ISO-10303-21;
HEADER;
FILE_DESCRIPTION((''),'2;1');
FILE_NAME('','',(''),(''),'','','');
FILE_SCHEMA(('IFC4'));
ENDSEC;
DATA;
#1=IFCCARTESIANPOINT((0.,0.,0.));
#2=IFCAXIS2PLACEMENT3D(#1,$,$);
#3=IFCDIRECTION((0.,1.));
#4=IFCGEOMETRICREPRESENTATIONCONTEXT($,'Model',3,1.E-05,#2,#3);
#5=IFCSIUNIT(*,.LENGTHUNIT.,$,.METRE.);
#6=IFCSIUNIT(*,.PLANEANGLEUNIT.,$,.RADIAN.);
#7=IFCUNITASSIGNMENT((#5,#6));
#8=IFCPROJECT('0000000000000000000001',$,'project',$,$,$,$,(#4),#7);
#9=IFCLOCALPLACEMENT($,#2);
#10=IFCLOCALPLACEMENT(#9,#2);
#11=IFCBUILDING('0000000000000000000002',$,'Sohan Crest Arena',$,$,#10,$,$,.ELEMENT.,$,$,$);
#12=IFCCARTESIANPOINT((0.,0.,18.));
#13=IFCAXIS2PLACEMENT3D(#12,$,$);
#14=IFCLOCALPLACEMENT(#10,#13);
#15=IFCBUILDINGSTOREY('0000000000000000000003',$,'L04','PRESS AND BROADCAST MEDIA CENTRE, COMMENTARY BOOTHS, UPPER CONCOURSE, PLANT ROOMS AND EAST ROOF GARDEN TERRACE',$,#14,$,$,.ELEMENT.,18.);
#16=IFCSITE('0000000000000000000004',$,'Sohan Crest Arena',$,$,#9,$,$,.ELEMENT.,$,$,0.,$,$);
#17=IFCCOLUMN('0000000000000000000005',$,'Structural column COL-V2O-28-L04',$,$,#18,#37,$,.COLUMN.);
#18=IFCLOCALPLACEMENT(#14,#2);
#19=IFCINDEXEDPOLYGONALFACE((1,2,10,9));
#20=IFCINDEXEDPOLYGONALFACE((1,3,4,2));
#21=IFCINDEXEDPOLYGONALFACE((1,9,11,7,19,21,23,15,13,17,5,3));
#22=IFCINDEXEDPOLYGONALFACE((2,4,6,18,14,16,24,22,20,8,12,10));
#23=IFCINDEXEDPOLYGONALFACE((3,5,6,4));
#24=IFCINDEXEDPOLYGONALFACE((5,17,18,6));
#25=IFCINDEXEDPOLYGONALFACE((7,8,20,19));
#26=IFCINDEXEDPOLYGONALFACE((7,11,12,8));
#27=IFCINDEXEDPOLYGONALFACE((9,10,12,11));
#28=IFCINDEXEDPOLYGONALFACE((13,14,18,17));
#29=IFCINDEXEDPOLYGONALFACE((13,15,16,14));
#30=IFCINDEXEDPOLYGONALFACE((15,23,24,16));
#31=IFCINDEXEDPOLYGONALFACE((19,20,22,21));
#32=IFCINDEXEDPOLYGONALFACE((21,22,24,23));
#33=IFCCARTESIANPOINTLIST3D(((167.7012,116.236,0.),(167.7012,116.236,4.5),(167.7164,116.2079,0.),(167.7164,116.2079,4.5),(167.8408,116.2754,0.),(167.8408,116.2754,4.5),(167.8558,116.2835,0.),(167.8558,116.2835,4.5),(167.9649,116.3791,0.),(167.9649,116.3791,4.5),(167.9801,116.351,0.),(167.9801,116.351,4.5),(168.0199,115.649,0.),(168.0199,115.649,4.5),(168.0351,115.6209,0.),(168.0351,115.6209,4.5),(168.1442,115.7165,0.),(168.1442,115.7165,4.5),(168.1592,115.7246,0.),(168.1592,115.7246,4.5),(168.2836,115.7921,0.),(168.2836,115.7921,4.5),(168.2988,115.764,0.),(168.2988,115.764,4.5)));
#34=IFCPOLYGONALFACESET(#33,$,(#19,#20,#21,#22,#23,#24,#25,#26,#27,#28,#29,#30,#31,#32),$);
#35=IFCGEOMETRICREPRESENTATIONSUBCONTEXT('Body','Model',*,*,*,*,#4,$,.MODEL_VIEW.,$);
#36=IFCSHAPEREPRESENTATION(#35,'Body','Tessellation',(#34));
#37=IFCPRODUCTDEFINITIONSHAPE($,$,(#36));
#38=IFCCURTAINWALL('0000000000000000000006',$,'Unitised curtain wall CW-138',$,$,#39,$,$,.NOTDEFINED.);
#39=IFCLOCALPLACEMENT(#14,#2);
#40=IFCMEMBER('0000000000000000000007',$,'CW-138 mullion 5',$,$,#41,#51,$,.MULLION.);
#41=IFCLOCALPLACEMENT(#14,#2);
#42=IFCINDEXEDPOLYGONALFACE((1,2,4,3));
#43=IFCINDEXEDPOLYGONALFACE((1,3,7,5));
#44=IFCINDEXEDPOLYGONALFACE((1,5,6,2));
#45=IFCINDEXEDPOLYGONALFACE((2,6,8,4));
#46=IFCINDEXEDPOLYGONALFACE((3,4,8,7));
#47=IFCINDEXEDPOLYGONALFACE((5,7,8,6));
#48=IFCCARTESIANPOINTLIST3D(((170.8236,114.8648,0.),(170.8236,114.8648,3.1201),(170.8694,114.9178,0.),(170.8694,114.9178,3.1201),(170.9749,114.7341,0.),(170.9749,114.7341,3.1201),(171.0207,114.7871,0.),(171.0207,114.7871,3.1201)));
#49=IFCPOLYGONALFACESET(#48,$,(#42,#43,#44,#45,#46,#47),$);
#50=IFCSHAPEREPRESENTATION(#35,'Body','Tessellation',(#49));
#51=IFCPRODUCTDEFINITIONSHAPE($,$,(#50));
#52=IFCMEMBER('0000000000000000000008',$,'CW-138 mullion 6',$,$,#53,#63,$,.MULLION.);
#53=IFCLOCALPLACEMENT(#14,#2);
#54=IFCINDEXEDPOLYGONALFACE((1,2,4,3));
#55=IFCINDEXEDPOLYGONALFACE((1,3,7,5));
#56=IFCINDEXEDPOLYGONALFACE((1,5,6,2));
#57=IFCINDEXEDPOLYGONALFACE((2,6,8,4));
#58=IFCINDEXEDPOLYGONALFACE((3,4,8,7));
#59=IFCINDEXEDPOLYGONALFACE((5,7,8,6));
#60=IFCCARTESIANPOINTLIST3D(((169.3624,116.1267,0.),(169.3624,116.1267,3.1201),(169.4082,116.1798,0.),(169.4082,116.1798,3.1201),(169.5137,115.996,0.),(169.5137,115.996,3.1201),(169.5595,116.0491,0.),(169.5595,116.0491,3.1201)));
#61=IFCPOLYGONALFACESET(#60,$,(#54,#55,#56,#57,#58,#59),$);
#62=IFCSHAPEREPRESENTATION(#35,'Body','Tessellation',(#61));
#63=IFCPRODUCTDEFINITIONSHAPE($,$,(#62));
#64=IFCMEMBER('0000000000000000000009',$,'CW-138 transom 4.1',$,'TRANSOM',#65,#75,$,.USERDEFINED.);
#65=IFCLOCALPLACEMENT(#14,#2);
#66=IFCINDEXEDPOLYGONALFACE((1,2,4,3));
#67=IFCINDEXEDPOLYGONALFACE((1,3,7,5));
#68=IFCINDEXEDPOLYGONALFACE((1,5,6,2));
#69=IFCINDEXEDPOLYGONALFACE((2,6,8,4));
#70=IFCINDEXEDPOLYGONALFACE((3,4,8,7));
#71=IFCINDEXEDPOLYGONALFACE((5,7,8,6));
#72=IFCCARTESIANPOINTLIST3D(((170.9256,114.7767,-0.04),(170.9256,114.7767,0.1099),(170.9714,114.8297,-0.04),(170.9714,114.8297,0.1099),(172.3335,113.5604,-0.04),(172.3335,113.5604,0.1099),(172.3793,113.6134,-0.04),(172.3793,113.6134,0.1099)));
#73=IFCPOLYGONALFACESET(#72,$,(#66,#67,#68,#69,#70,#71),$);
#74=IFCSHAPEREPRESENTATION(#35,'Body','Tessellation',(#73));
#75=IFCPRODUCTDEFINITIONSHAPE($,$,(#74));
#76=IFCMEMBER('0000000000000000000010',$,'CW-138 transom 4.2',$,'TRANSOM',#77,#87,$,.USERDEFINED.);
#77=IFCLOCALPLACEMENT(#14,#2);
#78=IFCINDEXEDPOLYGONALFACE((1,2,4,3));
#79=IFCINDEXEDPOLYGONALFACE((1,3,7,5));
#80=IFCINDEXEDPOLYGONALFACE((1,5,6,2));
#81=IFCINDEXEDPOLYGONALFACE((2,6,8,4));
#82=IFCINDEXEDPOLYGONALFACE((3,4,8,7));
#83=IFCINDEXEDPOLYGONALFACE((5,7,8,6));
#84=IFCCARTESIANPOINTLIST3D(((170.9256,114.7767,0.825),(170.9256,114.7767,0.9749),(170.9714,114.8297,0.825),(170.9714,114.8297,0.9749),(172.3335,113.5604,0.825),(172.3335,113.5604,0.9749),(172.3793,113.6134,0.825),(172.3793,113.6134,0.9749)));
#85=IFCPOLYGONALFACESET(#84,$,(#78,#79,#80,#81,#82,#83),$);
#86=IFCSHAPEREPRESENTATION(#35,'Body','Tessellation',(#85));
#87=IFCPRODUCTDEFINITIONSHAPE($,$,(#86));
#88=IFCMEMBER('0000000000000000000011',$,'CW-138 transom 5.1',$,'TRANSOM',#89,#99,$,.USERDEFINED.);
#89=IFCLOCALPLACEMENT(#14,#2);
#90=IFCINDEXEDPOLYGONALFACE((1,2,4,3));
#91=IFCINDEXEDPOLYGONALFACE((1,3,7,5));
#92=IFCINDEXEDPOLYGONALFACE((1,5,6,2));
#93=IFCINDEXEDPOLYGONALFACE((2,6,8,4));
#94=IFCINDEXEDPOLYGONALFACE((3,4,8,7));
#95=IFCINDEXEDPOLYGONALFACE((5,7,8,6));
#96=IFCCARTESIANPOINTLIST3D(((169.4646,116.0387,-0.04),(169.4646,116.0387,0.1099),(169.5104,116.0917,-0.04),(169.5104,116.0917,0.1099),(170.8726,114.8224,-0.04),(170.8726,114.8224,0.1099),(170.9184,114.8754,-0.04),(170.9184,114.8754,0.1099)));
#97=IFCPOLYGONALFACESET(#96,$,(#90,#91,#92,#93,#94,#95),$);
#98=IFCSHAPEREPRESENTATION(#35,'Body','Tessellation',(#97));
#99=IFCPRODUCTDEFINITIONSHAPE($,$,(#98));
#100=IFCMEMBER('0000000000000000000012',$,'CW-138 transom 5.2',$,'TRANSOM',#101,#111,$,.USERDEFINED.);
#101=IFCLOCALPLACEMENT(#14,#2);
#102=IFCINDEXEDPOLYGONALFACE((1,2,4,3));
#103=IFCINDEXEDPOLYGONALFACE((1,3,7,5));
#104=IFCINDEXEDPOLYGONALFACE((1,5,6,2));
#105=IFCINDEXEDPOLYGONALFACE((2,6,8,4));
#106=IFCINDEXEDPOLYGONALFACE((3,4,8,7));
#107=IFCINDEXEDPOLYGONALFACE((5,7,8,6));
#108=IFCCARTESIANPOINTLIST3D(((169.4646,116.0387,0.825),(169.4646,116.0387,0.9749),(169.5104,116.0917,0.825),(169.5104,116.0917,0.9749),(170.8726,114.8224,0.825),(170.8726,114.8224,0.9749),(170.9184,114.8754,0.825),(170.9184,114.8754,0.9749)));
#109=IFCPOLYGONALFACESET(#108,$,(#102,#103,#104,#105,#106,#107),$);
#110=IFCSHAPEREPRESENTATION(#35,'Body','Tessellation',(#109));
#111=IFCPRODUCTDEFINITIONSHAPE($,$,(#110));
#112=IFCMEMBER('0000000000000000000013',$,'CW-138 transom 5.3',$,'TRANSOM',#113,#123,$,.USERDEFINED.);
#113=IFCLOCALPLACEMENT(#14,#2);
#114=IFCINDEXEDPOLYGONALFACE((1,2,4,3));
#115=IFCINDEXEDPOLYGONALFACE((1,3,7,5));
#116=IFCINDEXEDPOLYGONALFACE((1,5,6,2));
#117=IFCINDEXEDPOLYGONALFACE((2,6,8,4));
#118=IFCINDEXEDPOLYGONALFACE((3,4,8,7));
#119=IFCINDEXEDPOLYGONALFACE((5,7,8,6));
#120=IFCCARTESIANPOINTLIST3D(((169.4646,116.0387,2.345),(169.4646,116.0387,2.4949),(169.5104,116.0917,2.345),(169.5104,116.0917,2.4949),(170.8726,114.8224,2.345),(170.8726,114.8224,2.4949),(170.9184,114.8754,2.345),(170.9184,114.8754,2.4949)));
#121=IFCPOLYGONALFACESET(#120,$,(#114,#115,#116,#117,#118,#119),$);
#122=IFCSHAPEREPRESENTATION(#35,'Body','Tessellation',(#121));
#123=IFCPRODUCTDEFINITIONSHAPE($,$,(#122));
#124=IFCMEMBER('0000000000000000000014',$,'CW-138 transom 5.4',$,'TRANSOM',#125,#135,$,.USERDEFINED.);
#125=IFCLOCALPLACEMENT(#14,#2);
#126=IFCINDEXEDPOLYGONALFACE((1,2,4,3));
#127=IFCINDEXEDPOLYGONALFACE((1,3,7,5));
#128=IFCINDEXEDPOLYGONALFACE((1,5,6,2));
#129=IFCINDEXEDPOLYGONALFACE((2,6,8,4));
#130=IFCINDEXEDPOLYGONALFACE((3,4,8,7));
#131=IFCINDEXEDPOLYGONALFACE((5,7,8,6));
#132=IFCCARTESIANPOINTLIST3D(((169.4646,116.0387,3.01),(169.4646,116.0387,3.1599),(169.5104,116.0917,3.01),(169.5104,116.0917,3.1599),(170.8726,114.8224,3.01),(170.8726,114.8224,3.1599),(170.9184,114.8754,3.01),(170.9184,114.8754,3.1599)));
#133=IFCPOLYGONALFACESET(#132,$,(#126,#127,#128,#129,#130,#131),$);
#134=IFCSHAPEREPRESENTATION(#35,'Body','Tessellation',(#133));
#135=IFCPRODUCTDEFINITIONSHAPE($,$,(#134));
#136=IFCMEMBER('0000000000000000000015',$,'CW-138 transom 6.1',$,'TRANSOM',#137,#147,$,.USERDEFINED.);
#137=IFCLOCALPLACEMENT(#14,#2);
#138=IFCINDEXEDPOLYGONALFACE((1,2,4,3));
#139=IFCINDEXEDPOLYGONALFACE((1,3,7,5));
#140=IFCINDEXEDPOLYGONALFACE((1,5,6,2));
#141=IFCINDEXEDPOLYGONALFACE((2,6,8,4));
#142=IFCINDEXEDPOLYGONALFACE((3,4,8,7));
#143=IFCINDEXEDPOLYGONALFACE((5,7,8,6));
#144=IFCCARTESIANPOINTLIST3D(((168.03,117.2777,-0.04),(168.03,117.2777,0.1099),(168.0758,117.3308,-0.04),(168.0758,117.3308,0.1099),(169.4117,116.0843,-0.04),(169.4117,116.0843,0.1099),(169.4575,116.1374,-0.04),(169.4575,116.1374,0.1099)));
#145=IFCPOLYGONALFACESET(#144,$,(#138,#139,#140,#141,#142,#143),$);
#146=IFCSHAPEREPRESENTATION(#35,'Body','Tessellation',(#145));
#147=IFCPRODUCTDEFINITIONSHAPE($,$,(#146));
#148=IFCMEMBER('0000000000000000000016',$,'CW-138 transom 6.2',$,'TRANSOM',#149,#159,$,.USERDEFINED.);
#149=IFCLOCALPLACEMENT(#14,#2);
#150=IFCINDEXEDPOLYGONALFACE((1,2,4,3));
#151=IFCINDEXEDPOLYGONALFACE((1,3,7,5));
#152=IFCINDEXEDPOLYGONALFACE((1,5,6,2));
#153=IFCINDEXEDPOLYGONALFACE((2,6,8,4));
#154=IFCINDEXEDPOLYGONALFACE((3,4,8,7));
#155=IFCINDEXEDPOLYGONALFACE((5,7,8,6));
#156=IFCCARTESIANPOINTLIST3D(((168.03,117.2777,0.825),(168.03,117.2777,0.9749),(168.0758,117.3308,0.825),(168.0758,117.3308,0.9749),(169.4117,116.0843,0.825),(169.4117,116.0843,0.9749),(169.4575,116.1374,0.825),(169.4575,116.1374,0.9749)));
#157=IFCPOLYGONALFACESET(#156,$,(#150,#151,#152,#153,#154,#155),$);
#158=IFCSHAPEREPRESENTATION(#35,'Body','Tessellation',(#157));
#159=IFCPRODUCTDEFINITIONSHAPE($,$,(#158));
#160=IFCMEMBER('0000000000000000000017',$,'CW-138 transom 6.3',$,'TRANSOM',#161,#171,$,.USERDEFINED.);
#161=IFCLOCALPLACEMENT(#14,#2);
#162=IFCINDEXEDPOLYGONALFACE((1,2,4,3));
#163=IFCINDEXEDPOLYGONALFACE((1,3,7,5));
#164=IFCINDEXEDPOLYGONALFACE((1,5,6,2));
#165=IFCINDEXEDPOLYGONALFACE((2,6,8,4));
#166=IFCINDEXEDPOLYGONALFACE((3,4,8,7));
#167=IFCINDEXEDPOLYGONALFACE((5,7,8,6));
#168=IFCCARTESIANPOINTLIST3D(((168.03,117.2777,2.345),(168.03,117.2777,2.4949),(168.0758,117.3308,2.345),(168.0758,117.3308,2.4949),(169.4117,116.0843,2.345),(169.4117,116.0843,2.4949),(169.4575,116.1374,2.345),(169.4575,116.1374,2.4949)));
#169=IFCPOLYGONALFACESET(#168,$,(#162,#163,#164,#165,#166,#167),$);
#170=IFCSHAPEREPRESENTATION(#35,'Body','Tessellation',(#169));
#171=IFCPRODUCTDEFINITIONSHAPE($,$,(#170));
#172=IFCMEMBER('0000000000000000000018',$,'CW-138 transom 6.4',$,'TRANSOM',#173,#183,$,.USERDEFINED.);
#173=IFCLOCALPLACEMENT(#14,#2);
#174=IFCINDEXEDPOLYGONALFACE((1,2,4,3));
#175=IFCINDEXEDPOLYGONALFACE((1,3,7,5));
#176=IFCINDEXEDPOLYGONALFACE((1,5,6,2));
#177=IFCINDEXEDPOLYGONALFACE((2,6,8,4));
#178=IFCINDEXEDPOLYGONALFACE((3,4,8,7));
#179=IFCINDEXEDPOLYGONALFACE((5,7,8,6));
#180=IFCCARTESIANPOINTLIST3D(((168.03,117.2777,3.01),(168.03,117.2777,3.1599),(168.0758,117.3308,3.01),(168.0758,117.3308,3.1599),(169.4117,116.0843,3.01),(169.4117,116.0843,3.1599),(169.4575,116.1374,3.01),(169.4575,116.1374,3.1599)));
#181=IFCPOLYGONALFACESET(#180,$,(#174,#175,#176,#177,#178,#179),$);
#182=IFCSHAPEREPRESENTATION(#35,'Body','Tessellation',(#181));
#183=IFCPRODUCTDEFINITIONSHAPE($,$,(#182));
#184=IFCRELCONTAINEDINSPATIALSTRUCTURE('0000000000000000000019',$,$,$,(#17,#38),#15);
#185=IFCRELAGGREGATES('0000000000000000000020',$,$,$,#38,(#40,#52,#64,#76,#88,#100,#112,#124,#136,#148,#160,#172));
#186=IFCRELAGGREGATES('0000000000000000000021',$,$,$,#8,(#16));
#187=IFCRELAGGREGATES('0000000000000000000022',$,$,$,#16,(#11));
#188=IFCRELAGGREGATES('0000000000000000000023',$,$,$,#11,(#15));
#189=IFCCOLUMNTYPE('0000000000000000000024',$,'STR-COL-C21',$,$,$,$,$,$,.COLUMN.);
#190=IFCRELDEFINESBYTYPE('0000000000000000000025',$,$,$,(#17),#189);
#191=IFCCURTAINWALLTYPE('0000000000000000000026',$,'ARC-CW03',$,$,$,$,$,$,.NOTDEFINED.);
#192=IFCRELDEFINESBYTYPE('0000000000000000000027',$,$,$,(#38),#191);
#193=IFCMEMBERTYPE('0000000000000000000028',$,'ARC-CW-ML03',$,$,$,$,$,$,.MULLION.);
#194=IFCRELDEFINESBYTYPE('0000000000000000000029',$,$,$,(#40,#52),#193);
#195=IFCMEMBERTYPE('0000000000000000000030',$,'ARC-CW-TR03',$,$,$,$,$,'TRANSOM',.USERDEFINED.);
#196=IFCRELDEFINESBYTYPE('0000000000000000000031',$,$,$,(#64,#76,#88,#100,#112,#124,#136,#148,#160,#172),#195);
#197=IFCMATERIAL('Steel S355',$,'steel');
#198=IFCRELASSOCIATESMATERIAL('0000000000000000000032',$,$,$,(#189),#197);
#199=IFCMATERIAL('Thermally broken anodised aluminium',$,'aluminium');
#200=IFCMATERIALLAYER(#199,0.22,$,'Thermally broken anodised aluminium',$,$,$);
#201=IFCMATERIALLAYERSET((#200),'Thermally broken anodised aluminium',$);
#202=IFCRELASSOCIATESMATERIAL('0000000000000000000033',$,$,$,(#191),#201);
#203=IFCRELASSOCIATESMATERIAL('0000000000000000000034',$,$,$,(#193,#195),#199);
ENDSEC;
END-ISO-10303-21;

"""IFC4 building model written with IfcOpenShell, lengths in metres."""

from ifc_helpers import new_model, si_unit, direction, frame, origin, origin_2d, place, context, subcontext, project, spatial, rectangle, i_section, extrude, material, layer, layer_set, material_profile, profile_set, type_object, element, aggregate, save


model = new_model("IFC4")

# Units and contexts
model_context = context("Model", 3, precision=1e-05, world=origin(), true_north=direction((0.0, 1.0)))
body_context = subcontext(model_context, "Body", "Model", "MODEL_VIEW")
ifc_project = project(units=[si_unit("LENGTHUNIT", "METRE"), si_unit("PLANEANGLEUNIT", "RADIAN")], contexts=[model_context])

# Site, building, storey
site_placement = place(None, origin())
site = spatial("IfcSite", under=ifc_project, at=site_placement, Name="Sohan Crest Arena", CompositionType="ELEMENT", RefElevation=0.0)
building_placement = place(site_placement, origin())
building = spatial("IfcBuilding", under=site, at=building_placement, Name="Sohan Crest Arena", CompositionType="ELEMENT")
storey_placement = place(building_placement, frame((0.0, 0.0, 18.0)))
storey = spatial("IfcBuildingStorey", under=building, at=storey_placement, Name="L04", Description="PRESS AND BROADCAST MEDIA CENTRE, COMMENTARY BOOTHS, UPPER CONCOURSE, PLANT ROOMS AND EAST ROOF GARDEN TERRACE", CompositionType="ELEMENT", Elevation=18.0)

# Column
ifc_material_1 = material(Name="Steel S355", Category="steel")
ifc_material_profile_1 = material_profile(ifc_material_1, i_section(OverallWidth=0.3, OverallDepth=0.7, WebThickness=0.0171, FlangeThickness=0.032, at=origin_2d()), Name="HEB 700")
ifc_profile_set_1 = profile_set([ifc_material_profile_1], Name="Steel S355")
column_type = type_object("IfcColumnType", Name="STR-COL-C21", PredefinedType="COLUMN", material=ifc_profile_set_1)
column_placement = place(storey_placement, frame((168.0, 116.0, 0.0), z_axis=(0.0, 0.0, 1.0), x_axis=(0.878817, 0.477159, 0.0)))
element("IfcColumn", 1, at=column_placement, inside=storey, type_object=column_type, Name="Structural column COL-V2O-28-L04", PredefinedType="COLUMN", context=body_context, shape_type="SweptSolid", body=[
    extrude(i_section(OverallWidth=0.3, OverallDepth=0.7, WebThickness=0.0171, FlangeThickness=0.032, at=origin_2d()), origin(), (0.0, 0.0, 1.0), 4.5),
])

# Curtain wall, members
ifc_material_2 = material(Name="Thermally broken anodised aluminium", Category="aluminium")
ifc_layer_1 = layer(ifc_material_2, 0.22, Name="Thermally broken anodised aluminium")
ifc_layer_set_1 = layer_set([ifc_layer_1], Name="Thermally broken anodised aluminium")
curtain_wall_type = type_object("IfcCurtainWallType", Name="ARC-CW03", PredefinedType="NOTDEFINED", material=ifc_layer_set_1)
curtain_wall_placement = place(storey_placement, origin())
curtain_wall = element("IfcCurtainWall", 2, at=curtain_wall_placement, inside=storey, type_object=curtain_wall_type, Name="Unitised curtain wall CW-138", PredefinedType="NOTDEFINED")
ifc_material_profile_2 = material_profile(ifc_material_2, rectangle(XDim=0.0701, YDim=0.2, at=origin_2d()), Name="ALU-MULL 70x200")
ifc_profile_set_2 = profile_set([ifc_material_profile_2], Name="Thermally broken anodised aluminium")
member_type_1 = type_object("IfcMemberType", Name="ARC-CW-ML03", PredefinedType="MULLION", material=ifc_profile_set_2)
member_1_placement = place(storey_placement, frame((170.9221, 114.8259, 0.0), z_axis=(0.0, 0.0, 1.0), x_axis=(-0.653687, -0.756765, 0.0)))
member_1 = element("IfcMember", 3, at=member_1_placement, type_object=member_type_1, Name="CW-138 mullion 5", PredefinedType="MULLION", context=body_context, shape_type="SweptSolid", body=[
    extrude(rectangle(XDim=0.0701, YDim=0.2, at=origin_2d()), origin(), (0.0, 0.0, 1.0), 3.1201),
])
member_2_placement = place(storey_placement, frame((169.4609, 116.0879, 0.0), z_axis=(0.0, 0.0, 1.0), x_axis=(-0.653687, -0.756765, 0.0)))
member_2 = element("IfcMember", 4, at=member_2_placement, type_object=member_type_1, Name="CW-138 mullion 6", PredefinedType="MULLION", context=body_context, shape_type="SweptSolid", body=[
    extrude(rectangle(XDim=0.0701, YDim=0.2, at=origin_2d()), origin(), (0.0, 0.0, 1.0), 3.1201),
])
ifc_material_profile_3 = material_profile(ifc_material_2, rectangle(XDim=0.0701, YDim=0.1499, at=origin_2d()), Name="ALU-TRAN 70x150")
ifc_profile_set_3 = profile_set([ifc_material_profile_3], Name="Thermally broken anodised aluminium")
member_type_2 = type_object("IfcMemberType", Name="ARC-CW-TR03", ElementType="TRANSOM", PredefinedType="USERDEFINED", material=ifc_profile_set_3)
member_3_placement = place(storey_placement, frame((172.3564, 113.5869, 0.0349), z_axis=(-0.756732, 0.653726, 0.0), x_axis=(-0.653726, -0.756732, 0.0)))
member_3 = element("IfcMember", 5, at=member_3_placement, type_object=member_type_2, Name="CW-138 transom 4.1", ObjectType="TRANSOM", PredefinedType="USERDEFINED", context=body_context, shape_type="SweptSolid", body=[
    extrude(rectangle(XDim=0.0701, YDim=0.1499, at=origin_2d()), origin(), (0.0, 0.0, 1.0), 1.8606),
])
member_4_placement = place(storey_placement, frame((172.3564, 113.5869, 0.8999), z_axis=(-0.756732, 0.653726, 0.0), x_axis=(-0.653726, -0.756732, 0.0)))
member_4 = element("IfcMember", 6, at=member_4_placement, type_object=member_type_2, Name="CW-138 transom 4.2", ObjectType="TRANSOM", PredefinedType="USERDEFINED", context=body_context, shape_type="SweptSolid", body=[
    extrude(rectangle(XDim=0.0701, YDim=0.1499, at=origin_2d()), origin(), (0.0, 0.0, 1.0), 1.8606),
])
member_5_placement = place(storey_placement, frame((170.8955, 114.8489, 0.0349), z_axis=(-0.756732, 0.653726, 0.0), x_axis=(-0.653726, -0.756732, 0.0)))
member_5 = element("IfcMember", 7, at=member_5_placement, type_object=member_type_2, Name="CW-138 transom 5.1", ObjectType="TRANSOM", PredefinedType="USERDEFINED", context=body_context, shape_type="SweptSolid", body=[
    extrude(rectangle(XDim=0.0701, YDim=0.1499, at=origin_2d()), origin(), (0.0, 0.0, 1.0), 1.8606),
])
member_6_placement = place(storey_placement, frame((170.8955, 114.8489, 0.8999), z_axis=(-0.756732, 0.653726, 0.0), x_axis=(-0.653726, -0.756732, 0.0)))
member_6 = element("IfcMember", 8, at=member_6_placement, type_object=member_type_2, Name="CW-138 transom 5.2", ObjectType="TRANSOM", PredefinedType="USERDEFINED", context=body_context, shape_type="SweptSolid", body=[
    extrude(rectangle(XDim=0.0701, YDim=0.1499, at=origin_2d()), origin(), (0.0, 0.0, 1.0), 1.8606),
])
member_7_placement = place(storey_placement, frame((170.8955, 114.8489, 2.4199), z_axis=(-0.756732, 0.653726, 0.0), x_axis=(-0.653726, -0.756732, 0.0)))
member_7 = element("IfcMember", 9, at=member_7_placement, type_object=member_type_2, Name="CW-138 transom 5.3", ObjectType="TRANSOM", PredefinedType="USERDEFINED", context=body_context, shape_type="SweptSolid", body=[
    extrude(rectangle(XDim=0.0701, YDim=0.1499, at=origin_2d()), origin(), (0.0, 0.0, 1.0), 1.8606),
])
member_8_placement = place(storey_placement, frame((170.8955, 114.8489, 3.085), z_axis=(-0.756732, 0.653726, 0.0), x_axis=(-0.653726, -0.756732, 0.0)))
member_8 = element("IfcMember", 10, at=member_8_placement, type_object=member_type_2, Name="CW-138 transom 5.4", ObjectType="TRANSOM", PredefinedType="USERDEFINED", context=body_context, shape_type="SweptSolid", body=[
    extrude(rectangle(XDim=0.0701, YDim=0.1499, at=origin_2d()), origin(), (0.0, 0.0, 1.0), 1.8606),
])
member_9_placement = place(storey_placement, frame((169.4346, 116.1108, 0.0349), z_axis=(-0.756778, 0.653672, 0.0), x_axis=(-0.653672, -0.756778, 0.0)))
member_9 = element("IfcMember", 11, at=member_9_placement, type_object=member_type_2, Name="CW-138 transom 6.1", ObjectType="TRANSOM", PredefinedType="USERDEFINED", context=body_context, shape_type="SweptSolid", body=[
    extrude(rectangle(XDim=0.0701, YDim=0.1499, at=origin_2d()), origin(), (0.0, 0.0, 1.0), 1.8257),
])
member_10_placement = place(storey_placement, frame((169.4346, 116.1108, 0.8999), z_axis=(-0.756778, 0.653672, 0.0), x_axis=(-0.653672, -0.756778, 0.0)))
member_10 = element("IfcMember", 12, at=member_10_placement, type_object=member_type_2, Name="CW-138 transom 6.2", ObjectType="TRANSOM", PredefinedType="USERDEFINED", context=body_context, shape_type="SweptSolid", body=[
    extrude(rectangle(XDim=0.0701, YDim=0.1499, at=origin_2d()), origin(), (0.0, 0.0, 1.0), 1.8257),
])
member_11_placement = place(storey_placement, frame((169.4346, 116.1108, 2.4199), z_axis=(-0.756778, 0.653672, 0.0), x_axis=(-0.653672, -0.756778, 0.0)))
member_11 = element("IfcMember", 13, at=member_11_placement, type_object=member_type_2, Name="CW-138 transom 6.3", ObjectType="TRANSOM", PredefinedType="USERDEFINED", context=body_context, shape_type="SweptSolid", body=[
    extrude(rectangle(XDim=0.0701, YDim=0.1499, at=origin_2d()), origin(), (0.0, 0.0, 1.0), 1.8257),
])
member_12_placement = place(storey_placement, frame((169.4346, 116.1108, 3.085), z_axis=(-0.756778, 0.653672, 0.0), x_axis=(-0.653672, -0.756778, 0.0)))
member_12 = element("IfcMember", 14, at=member_12_placement, type_object=member_type_2, Name="CW-138 transom 6.4", ObjectType="TRANSOM", PredefinedType="USERDEFINED", context=body_context, shape_type="SweptSolid", body=[
    extrude(rectangle(XDim=0.0701, YDim=0.1499, at=origin_2d()), origin(), (0.0, 0.0, 1.0), 1.8257),
])

aggregate(curtain_wall, [member_1, member_2, member_3, member_4, member_5, member_6, member_7, member_8, member_9, member_10, member_11, member_12])

save(model, "model.ifc")
